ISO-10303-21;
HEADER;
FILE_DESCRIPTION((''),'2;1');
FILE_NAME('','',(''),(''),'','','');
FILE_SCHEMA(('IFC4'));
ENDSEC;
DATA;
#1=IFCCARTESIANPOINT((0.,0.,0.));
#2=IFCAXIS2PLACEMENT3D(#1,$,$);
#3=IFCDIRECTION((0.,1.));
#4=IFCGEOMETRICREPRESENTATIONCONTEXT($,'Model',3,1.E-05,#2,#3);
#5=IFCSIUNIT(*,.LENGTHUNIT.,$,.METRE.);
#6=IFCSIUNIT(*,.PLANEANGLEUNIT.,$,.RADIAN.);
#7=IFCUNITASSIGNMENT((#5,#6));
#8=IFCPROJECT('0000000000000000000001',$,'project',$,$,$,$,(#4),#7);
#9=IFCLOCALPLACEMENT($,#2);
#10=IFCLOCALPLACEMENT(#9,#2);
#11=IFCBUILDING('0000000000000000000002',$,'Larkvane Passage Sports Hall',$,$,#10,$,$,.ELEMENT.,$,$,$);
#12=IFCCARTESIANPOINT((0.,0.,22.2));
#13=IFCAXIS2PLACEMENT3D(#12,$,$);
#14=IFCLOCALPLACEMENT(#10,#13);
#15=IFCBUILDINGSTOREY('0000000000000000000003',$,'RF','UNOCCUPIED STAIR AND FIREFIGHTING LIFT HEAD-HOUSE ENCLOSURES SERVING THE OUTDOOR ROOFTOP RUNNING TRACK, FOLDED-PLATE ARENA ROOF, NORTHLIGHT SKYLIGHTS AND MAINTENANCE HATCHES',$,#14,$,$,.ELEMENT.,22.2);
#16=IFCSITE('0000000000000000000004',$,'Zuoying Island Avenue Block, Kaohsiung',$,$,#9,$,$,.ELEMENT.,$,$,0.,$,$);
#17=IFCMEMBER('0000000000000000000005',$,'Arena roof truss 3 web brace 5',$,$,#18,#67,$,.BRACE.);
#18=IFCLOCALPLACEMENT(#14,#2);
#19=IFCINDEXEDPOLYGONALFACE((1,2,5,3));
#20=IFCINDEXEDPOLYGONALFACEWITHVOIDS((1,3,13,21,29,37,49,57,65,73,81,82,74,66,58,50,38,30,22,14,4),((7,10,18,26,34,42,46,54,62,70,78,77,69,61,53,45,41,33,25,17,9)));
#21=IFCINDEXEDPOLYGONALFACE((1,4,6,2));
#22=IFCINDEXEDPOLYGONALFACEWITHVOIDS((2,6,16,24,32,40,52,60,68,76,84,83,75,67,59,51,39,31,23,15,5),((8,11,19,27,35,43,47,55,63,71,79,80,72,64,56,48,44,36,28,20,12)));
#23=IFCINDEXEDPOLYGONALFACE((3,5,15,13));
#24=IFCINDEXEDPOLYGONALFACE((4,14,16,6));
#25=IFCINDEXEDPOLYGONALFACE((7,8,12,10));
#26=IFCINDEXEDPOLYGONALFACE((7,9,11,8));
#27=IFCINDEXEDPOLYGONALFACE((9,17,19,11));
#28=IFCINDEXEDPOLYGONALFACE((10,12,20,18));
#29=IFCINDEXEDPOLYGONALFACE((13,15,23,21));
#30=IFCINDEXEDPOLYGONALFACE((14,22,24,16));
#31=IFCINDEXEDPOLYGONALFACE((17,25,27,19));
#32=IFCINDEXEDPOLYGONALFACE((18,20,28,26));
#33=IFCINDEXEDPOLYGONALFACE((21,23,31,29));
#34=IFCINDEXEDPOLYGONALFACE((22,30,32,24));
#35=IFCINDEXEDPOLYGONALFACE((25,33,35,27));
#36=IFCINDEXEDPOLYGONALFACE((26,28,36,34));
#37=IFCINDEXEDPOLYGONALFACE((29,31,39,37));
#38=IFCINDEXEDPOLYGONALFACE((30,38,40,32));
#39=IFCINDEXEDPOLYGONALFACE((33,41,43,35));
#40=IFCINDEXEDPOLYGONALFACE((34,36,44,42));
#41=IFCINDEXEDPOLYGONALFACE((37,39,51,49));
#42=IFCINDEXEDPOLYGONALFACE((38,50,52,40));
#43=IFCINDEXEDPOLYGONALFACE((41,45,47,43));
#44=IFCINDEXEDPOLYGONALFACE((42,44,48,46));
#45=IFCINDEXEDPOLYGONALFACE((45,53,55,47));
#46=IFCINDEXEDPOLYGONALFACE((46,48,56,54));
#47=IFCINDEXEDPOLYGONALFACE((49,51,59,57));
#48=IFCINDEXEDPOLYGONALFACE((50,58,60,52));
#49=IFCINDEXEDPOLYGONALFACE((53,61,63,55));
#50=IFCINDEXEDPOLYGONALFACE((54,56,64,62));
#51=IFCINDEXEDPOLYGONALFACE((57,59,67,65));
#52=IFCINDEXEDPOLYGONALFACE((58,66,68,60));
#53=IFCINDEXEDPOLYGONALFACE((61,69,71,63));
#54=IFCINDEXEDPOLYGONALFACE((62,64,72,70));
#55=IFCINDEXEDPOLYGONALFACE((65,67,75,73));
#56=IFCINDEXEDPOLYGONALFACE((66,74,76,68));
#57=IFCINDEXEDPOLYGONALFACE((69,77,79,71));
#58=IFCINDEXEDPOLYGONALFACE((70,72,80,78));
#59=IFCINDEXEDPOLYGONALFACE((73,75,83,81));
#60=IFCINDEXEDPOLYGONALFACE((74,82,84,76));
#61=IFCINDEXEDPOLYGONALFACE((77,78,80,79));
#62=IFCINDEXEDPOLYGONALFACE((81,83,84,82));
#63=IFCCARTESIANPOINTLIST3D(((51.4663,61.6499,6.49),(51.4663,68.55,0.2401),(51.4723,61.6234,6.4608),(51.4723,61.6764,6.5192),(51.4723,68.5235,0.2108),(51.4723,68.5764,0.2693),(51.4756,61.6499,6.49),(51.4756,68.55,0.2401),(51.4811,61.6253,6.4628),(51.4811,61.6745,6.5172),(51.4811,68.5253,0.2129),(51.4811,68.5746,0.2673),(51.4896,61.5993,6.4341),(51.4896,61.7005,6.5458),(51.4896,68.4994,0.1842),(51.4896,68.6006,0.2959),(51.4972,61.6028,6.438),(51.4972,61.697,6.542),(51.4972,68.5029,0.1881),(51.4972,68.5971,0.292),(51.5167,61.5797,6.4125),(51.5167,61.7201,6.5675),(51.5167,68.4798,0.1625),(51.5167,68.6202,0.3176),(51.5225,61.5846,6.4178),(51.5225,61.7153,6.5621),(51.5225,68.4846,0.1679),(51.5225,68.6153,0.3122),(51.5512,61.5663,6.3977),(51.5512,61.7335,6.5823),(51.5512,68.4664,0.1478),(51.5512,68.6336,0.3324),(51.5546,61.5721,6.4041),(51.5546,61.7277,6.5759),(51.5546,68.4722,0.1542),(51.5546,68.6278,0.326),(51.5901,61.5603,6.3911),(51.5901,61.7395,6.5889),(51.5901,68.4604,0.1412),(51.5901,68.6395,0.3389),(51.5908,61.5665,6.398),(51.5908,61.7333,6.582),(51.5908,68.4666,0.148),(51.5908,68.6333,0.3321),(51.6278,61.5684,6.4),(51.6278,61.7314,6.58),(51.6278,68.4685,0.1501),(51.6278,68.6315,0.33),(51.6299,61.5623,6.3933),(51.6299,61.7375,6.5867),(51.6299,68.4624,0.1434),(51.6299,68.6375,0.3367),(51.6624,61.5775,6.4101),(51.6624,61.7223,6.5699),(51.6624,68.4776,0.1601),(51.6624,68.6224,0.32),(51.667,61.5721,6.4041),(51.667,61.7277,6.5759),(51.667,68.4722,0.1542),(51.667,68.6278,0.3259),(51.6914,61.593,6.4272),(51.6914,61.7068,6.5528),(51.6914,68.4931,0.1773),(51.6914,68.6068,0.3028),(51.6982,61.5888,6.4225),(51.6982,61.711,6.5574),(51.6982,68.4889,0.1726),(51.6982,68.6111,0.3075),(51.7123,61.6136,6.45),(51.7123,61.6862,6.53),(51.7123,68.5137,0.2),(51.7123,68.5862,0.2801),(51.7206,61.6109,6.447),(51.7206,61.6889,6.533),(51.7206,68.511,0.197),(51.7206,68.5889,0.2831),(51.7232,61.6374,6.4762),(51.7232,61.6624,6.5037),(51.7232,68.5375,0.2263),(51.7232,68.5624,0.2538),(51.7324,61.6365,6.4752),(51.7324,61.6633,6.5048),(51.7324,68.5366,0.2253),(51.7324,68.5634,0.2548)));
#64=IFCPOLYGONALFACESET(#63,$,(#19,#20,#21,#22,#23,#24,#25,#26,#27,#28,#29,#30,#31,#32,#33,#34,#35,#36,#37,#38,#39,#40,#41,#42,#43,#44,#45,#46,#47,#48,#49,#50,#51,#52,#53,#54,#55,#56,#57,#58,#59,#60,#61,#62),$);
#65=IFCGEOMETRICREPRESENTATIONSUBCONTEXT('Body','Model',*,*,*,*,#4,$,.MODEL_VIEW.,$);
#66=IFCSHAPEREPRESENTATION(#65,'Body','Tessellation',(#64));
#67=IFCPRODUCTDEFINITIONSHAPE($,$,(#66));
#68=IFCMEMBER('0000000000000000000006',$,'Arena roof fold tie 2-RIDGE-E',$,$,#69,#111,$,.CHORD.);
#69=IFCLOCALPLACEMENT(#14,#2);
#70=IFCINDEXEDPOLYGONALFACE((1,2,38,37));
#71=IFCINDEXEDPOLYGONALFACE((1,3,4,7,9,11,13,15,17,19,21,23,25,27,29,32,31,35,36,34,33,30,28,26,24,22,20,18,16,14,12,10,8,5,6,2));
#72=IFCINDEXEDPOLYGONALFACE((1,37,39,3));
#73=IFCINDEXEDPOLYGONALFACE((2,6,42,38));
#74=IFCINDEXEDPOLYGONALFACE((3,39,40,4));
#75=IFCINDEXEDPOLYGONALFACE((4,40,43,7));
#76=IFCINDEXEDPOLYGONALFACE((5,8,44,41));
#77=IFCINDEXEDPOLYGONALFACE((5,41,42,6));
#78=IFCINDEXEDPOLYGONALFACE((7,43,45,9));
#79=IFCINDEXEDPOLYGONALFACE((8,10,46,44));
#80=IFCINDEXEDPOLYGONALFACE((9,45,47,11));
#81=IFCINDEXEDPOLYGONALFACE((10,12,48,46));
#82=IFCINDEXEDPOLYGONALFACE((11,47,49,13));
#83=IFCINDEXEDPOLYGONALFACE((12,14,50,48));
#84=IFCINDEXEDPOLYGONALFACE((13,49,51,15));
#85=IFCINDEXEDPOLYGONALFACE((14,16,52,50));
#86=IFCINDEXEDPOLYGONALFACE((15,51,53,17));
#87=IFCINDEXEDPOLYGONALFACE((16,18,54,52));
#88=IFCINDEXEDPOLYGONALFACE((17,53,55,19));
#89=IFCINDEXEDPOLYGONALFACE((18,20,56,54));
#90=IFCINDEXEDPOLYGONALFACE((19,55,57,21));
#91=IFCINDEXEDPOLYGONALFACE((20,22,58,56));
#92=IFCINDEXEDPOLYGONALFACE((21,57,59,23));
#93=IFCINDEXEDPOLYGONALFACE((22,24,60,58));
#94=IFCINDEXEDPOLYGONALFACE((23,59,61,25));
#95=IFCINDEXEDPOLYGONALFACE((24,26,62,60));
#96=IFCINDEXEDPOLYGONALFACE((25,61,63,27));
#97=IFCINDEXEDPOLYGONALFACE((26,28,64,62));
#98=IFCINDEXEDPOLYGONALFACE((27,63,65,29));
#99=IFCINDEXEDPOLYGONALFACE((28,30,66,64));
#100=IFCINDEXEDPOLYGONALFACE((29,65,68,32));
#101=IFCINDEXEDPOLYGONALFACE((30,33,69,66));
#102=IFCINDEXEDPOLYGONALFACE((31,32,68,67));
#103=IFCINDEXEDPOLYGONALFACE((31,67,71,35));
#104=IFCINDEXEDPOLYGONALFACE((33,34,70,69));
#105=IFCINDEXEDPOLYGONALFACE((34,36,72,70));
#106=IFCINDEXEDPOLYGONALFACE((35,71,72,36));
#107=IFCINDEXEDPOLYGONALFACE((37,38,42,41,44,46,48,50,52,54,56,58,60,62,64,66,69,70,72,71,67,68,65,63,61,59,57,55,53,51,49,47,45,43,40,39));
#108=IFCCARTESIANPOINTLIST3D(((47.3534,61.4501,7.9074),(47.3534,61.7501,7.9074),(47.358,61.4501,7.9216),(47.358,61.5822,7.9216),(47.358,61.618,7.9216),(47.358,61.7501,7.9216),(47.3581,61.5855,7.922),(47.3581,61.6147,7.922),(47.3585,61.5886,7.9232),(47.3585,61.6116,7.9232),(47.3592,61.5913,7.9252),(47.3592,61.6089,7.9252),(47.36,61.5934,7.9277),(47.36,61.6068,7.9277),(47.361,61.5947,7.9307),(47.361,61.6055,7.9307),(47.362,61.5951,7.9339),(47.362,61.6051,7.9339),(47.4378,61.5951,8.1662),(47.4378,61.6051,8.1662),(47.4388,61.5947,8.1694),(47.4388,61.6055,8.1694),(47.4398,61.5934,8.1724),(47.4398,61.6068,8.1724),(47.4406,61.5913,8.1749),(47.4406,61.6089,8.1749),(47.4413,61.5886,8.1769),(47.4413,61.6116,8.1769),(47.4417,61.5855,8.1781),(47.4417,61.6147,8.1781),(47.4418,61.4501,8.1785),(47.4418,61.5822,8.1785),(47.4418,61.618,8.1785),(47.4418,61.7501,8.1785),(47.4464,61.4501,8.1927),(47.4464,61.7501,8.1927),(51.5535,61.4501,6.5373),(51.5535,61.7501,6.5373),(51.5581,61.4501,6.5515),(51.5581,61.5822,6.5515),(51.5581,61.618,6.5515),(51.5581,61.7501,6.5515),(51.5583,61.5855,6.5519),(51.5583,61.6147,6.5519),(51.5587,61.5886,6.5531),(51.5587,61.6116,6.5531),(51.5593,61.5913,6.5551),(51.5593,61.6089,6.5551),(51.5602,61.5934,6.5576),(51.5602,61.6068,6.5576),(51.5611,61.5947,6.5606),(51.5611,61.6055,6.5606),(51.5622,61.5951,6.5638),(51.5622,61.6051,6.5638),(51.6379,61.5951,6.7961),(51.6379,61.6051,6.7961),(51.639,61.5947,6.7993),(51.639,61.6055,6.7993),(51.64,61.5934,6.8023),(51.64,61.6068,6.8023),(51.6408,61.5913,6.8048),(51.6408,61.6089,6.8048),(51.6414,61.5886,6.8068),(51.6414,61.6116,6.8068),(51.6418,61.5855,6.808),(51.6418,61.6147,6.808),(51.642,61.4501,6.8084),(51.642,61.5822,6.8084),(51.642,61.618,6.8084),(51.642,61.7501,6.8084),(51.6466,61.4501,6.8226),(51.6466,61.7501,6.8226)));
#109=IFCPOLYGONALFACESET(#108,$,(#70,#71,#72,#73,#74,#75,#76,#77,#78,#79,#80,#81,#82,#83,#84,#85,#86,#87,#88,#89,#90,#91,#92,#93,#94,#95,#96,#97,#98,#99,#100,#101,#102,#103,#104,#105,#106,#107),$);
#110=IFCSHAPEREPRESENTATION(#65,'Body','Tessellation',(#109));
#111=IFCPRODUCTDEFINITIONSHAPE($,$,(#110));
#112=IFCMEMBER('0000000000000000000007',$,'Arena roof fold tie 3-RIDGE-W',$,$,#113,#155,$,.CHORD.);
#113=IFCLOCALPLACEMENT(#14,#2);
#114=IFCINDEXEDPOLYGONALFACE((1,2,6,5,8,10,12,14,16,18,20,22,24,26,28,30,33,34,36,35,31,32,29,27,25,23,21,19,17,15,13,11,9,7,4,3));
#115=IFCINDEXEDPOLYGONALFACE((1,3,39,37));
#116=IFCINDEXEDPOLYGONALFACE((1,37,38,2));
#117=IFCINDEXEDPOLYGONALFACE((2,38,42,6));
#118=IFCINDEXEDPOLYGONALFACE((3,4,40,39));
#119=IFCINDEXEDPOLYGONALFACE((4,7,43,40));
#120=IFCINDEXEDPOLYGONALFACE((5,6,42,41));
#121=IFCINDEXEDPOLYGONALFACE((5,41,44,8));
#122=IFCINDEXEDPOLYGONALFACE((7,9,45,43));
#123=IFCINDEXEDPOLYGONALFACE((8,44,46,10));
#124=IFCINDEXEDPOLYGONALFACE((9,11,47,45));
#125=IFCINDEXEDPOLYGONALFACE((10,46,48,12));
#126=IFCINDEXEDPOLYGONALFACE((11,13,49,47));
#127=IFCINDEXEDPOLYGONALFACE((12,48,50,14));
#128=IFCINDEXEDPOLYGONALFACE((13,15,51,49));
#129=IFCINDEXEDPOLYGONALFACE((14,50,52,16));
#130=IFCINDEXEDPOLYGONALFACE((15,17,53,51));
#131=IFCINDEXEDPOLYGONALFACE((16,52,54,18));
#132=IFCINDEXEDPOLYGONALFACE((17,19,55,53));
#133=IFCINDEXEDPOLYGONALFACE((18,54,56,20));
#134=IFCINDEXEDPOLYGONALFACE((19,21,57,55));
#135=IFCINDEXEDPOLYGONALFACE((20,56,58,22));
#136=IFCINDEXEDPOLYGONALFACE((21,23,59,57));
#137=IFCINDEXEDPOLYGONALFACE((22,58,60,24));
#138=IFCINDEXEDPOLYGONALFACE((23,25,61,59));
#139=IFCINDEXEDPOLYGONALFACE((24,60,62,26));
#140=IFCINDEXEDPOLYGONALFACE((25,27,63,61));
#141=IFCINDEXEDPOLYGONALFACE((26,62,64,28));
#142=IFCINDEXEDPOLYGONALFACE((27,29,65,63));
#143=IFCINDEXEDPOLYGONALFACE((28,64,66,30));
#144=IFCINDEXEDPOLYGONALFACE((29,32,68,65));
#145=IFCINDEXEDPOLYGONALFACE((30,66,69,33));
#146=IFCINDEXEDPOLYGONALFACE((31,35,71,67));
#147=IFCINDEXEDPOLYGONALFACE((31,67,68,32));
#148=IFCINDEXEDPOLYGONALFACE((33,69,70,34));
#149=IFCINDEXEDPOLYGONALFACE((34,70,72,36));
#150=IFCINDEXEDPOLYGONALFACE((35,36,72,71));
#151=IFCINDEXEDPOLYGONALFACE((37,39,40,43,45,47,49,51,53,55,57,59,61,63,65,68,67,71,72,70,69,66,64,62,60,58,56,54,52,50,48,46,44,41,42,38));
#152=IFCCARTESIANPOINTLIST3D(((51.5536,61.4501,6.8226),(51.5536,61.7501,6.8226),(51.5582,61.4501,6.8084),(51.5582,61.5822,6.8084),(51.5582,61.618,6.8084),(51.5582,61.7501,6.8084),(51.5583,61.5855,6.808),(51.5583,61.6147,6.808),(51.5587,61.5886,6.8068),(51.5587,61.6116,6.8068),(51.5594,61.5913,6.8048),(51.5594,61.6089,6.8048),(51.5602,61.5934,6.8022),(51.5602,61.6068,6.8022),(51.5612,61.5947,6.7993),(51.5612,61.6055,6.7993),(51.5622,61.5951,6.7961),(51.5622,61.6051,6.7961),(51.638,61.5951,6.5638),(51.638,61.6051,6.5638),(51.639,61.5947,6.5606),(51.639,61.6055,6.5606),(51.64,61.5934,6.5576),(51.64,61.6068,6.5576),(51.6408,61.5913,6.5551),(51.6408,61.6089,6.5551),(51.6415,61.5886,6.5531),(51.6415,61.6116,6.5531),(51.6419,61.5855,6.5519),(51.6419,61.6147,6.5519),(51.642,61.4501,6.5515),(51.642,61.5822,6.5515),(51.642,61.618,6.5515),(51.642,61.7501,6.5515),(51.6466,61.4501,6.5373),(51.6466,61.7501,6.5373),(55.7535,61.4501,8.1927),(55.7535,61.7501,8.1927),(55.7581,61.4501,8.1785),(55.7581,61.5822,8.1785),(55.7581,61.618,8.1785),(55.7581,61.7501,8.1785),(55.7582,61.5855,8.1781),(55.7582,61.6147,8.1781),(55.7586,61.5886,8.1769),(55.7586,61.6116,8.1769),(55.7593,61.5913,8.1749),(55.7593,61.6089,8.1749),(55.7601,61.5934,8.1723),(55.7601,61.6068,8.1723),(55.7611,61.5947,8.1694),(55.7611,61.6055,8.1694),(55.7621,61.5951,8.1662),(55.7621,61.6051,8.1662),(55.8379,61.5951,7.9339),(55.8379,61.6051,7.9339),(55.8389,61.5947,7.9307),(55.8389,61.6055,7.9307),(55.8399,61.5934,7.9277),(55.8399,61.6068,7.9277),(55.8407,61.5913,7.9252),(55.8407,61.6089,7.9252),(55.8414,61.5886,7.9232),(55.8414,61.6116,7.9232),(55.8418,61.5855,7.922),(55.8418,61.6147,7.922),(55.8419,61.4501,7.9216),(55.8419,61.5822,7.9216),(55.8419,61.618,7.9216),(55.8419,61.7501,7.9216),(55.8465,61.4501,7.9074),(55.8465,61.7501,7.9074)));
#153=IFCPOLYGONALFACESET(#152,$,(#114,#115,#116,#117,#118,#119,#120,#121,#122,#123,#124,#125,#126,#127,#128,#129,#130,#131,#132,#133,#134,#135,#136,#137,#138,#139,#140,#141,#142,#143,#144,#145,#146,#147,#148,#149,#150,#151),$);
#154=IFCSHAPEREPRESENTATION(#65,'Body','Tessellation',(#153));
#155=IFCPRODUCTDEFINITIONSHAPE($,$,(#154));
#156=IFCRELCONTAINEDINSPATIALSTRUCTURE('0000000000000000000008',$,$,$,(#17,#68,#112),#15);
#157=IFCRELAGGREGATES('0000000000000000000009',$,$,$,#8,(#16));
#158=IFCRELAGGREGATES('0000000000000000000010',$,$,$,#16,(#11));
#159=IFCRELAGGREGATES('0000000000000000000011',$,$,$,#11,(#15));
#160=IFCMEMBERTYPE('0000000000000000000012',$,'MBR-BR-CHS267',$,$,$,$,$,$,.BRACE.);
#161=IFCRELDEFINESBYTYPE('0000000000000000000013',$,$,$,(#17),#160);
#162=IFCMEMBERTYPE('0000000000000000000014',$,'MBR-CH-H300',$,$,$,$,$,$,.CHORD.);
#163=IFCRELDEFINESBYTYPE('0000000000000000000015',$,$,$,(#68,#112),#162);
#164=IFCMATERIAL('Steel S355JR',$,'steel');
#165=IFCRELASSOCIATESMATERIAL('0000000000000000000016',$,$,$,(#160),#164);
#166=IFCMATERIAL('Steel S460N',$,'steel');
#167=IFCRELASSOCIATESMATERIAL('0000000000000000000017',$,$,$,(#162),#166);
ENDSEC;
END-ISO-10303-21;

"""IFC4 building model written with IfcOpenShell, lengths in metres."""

from ifc_helpers import new_model, si_unit, direction, frame, origin, origin_2d, place, context, subcontext, project, spatial, hollow_circle, i_section, extrude, material, material_profile, profile_set, type_object, element, save


model = new_model("IFC4")

# Units and contexts
model_context = context("Model", 3, precision=1e-05, world=origin(), true_north=direction((0.0, 1.0)))
body_context = subcontext(model_context, "Body", "Model", "MODEL_VIEW")
ifc_project = project(units=[si_unit("LENGTHUNIT", "METRE"), si_unit("PLANEANGLEUNIT", "RADIAN")], contexts=[model_context])

# Site, building, storey
site_placement = place(None, origin())
site = spatial("IfcSite", under=ifc_project, at=site_placement, Name="Zuoying Island Avenue Block, Kaohsiung", CompositionType="ELEMENT", RefElevation=0.0)
building_placement = place(site_placement, origin())
building = spatial("IfcBuilding", under=site, at=building_placement, Name="Larkvane Passage Sports Hall", CompositionType="ELEMENT")
storey_placement = place(building_placement, frame((0.0, 0.0, 22.2)))
storey = spatial("IfcBuildingStorey", under=building, at=storey_placement, Name="RF", Description="UNOCCUPIED STAIR AND FIREFIGHTING LIFT HEAD-HOUSE ENCLOSURES SERVING THE OUTDOOR ROOFTOP RUNNING TRACK, FOLDED-PLATE ARENA ROOF, NORTHLIGHT SKYLIGHTS AND MAINTENANCE HATCHES", CompositionType="ELEMENT", Elevation=22.2)

# Members
ifc_material_1 = material(Name="Steel S355JR", Category="steel")
ifc_material_profile_1 = material_profile(ifc_material_1, hollow_circle(Radius=0.1338, WallThickness=0.0093, at=origin_2d()), Name="CHS-267.4x9.3")
ifc_profile_set_1 = profile_set([ifc_material_profile_1], Name="Steel S355JR")
member_type_1 = type_object("IfcMemberType", Name="MBR-BR-CHS267", PredefinedType="BRACE", material=ifc_profile_set_1)
member_1_placement = place(storey_placement, frame((51.6001, 61.6499, 6.49), z_axis=(0.0, 0.741161, -0.671327), x_axis=(-1.0, 0.0, 0.0)))
element("IfcMember", 1, at=member_1_placement, inside=storey, type_object=member_type_1, Name="Arena roof truss 3 web brace 5", PredefinedType="BRACE", context=body_context, shape_type="SweptSolid", body=[
    extrude(hollow_circle(Radius=0.1338, WallThickness=0.0093, at=origin_2d()), origin(), (0.0, 0.0, 1.0), 9.3098),
])
ifc_material_2 = material(Name="Steel S460N", Category="steel")
ifc_material_profile_2 = material_profile(ifc_material_2, i_section(OverallWidth=0.3, OverallDepth=0.3, WebThickness=0.01, FlangeThickness=0.0149, FilletRadius=0.0129, at=origin_2d()), Name="H-300x300x10x15")
ifc_profile_set_2 = profile_set([ifc_material_profile_2], Name="Steel S460N")
member_type_2 = type_object("IfcMemberType", Name="MBR-CH-H300", PredefinedType="CHORD", material=ifc_profile_set_2)
member_2_placement = place(storey_placement, frame((47.3999, 61.6001, 8.05), z_axis=(0.950697, 0.0, -0.31012), x_axis=(0.0, 1.0, 0.0)))
element("IfcMember", 2, at=member_2_placement, inside=storey, type_object=member_type_2, Name="Arena roof fold tie 2-RIDGE-E", PredefinedType="CHORD", context=body_context, shape_type="SweptSolid", body=[
    extrude(i_section(OverallWidth=0.3, OverallDepth=0.3, WebThickness=0.01, FlangeThickness=0.0149, FilletRadius=0.0129, at=origin_2d()), origin(), (0.0, 0.0, 1.0), 4.418),
])
member_3_placement = place(storey_placement, frame((51.6001, 61.6001, 6.6799), z_axis=(0.950692, 0.0, 0.310137), x_axis=(0.0, 1.0, 0.0)))
element("IfcMember", 3, at=member_3_placement, inside=storey, type_object=member_type_2, Name="Arena roof fold tie 3-RIDGE-W", PredefinedType="CHORD", context=body_context, shape_type="SweptSolid", body=[
    extrude(i_section(OverallWidth=0.3, OverallDepth=0.3, WebThickness=0.01, FlangeThickness=0.0149, FilletRadius=0.0129, at=origin_2d()), origin(), (0.0, 0.0, 1.0), 4.4177),
])

save(model, "model.ifc")
